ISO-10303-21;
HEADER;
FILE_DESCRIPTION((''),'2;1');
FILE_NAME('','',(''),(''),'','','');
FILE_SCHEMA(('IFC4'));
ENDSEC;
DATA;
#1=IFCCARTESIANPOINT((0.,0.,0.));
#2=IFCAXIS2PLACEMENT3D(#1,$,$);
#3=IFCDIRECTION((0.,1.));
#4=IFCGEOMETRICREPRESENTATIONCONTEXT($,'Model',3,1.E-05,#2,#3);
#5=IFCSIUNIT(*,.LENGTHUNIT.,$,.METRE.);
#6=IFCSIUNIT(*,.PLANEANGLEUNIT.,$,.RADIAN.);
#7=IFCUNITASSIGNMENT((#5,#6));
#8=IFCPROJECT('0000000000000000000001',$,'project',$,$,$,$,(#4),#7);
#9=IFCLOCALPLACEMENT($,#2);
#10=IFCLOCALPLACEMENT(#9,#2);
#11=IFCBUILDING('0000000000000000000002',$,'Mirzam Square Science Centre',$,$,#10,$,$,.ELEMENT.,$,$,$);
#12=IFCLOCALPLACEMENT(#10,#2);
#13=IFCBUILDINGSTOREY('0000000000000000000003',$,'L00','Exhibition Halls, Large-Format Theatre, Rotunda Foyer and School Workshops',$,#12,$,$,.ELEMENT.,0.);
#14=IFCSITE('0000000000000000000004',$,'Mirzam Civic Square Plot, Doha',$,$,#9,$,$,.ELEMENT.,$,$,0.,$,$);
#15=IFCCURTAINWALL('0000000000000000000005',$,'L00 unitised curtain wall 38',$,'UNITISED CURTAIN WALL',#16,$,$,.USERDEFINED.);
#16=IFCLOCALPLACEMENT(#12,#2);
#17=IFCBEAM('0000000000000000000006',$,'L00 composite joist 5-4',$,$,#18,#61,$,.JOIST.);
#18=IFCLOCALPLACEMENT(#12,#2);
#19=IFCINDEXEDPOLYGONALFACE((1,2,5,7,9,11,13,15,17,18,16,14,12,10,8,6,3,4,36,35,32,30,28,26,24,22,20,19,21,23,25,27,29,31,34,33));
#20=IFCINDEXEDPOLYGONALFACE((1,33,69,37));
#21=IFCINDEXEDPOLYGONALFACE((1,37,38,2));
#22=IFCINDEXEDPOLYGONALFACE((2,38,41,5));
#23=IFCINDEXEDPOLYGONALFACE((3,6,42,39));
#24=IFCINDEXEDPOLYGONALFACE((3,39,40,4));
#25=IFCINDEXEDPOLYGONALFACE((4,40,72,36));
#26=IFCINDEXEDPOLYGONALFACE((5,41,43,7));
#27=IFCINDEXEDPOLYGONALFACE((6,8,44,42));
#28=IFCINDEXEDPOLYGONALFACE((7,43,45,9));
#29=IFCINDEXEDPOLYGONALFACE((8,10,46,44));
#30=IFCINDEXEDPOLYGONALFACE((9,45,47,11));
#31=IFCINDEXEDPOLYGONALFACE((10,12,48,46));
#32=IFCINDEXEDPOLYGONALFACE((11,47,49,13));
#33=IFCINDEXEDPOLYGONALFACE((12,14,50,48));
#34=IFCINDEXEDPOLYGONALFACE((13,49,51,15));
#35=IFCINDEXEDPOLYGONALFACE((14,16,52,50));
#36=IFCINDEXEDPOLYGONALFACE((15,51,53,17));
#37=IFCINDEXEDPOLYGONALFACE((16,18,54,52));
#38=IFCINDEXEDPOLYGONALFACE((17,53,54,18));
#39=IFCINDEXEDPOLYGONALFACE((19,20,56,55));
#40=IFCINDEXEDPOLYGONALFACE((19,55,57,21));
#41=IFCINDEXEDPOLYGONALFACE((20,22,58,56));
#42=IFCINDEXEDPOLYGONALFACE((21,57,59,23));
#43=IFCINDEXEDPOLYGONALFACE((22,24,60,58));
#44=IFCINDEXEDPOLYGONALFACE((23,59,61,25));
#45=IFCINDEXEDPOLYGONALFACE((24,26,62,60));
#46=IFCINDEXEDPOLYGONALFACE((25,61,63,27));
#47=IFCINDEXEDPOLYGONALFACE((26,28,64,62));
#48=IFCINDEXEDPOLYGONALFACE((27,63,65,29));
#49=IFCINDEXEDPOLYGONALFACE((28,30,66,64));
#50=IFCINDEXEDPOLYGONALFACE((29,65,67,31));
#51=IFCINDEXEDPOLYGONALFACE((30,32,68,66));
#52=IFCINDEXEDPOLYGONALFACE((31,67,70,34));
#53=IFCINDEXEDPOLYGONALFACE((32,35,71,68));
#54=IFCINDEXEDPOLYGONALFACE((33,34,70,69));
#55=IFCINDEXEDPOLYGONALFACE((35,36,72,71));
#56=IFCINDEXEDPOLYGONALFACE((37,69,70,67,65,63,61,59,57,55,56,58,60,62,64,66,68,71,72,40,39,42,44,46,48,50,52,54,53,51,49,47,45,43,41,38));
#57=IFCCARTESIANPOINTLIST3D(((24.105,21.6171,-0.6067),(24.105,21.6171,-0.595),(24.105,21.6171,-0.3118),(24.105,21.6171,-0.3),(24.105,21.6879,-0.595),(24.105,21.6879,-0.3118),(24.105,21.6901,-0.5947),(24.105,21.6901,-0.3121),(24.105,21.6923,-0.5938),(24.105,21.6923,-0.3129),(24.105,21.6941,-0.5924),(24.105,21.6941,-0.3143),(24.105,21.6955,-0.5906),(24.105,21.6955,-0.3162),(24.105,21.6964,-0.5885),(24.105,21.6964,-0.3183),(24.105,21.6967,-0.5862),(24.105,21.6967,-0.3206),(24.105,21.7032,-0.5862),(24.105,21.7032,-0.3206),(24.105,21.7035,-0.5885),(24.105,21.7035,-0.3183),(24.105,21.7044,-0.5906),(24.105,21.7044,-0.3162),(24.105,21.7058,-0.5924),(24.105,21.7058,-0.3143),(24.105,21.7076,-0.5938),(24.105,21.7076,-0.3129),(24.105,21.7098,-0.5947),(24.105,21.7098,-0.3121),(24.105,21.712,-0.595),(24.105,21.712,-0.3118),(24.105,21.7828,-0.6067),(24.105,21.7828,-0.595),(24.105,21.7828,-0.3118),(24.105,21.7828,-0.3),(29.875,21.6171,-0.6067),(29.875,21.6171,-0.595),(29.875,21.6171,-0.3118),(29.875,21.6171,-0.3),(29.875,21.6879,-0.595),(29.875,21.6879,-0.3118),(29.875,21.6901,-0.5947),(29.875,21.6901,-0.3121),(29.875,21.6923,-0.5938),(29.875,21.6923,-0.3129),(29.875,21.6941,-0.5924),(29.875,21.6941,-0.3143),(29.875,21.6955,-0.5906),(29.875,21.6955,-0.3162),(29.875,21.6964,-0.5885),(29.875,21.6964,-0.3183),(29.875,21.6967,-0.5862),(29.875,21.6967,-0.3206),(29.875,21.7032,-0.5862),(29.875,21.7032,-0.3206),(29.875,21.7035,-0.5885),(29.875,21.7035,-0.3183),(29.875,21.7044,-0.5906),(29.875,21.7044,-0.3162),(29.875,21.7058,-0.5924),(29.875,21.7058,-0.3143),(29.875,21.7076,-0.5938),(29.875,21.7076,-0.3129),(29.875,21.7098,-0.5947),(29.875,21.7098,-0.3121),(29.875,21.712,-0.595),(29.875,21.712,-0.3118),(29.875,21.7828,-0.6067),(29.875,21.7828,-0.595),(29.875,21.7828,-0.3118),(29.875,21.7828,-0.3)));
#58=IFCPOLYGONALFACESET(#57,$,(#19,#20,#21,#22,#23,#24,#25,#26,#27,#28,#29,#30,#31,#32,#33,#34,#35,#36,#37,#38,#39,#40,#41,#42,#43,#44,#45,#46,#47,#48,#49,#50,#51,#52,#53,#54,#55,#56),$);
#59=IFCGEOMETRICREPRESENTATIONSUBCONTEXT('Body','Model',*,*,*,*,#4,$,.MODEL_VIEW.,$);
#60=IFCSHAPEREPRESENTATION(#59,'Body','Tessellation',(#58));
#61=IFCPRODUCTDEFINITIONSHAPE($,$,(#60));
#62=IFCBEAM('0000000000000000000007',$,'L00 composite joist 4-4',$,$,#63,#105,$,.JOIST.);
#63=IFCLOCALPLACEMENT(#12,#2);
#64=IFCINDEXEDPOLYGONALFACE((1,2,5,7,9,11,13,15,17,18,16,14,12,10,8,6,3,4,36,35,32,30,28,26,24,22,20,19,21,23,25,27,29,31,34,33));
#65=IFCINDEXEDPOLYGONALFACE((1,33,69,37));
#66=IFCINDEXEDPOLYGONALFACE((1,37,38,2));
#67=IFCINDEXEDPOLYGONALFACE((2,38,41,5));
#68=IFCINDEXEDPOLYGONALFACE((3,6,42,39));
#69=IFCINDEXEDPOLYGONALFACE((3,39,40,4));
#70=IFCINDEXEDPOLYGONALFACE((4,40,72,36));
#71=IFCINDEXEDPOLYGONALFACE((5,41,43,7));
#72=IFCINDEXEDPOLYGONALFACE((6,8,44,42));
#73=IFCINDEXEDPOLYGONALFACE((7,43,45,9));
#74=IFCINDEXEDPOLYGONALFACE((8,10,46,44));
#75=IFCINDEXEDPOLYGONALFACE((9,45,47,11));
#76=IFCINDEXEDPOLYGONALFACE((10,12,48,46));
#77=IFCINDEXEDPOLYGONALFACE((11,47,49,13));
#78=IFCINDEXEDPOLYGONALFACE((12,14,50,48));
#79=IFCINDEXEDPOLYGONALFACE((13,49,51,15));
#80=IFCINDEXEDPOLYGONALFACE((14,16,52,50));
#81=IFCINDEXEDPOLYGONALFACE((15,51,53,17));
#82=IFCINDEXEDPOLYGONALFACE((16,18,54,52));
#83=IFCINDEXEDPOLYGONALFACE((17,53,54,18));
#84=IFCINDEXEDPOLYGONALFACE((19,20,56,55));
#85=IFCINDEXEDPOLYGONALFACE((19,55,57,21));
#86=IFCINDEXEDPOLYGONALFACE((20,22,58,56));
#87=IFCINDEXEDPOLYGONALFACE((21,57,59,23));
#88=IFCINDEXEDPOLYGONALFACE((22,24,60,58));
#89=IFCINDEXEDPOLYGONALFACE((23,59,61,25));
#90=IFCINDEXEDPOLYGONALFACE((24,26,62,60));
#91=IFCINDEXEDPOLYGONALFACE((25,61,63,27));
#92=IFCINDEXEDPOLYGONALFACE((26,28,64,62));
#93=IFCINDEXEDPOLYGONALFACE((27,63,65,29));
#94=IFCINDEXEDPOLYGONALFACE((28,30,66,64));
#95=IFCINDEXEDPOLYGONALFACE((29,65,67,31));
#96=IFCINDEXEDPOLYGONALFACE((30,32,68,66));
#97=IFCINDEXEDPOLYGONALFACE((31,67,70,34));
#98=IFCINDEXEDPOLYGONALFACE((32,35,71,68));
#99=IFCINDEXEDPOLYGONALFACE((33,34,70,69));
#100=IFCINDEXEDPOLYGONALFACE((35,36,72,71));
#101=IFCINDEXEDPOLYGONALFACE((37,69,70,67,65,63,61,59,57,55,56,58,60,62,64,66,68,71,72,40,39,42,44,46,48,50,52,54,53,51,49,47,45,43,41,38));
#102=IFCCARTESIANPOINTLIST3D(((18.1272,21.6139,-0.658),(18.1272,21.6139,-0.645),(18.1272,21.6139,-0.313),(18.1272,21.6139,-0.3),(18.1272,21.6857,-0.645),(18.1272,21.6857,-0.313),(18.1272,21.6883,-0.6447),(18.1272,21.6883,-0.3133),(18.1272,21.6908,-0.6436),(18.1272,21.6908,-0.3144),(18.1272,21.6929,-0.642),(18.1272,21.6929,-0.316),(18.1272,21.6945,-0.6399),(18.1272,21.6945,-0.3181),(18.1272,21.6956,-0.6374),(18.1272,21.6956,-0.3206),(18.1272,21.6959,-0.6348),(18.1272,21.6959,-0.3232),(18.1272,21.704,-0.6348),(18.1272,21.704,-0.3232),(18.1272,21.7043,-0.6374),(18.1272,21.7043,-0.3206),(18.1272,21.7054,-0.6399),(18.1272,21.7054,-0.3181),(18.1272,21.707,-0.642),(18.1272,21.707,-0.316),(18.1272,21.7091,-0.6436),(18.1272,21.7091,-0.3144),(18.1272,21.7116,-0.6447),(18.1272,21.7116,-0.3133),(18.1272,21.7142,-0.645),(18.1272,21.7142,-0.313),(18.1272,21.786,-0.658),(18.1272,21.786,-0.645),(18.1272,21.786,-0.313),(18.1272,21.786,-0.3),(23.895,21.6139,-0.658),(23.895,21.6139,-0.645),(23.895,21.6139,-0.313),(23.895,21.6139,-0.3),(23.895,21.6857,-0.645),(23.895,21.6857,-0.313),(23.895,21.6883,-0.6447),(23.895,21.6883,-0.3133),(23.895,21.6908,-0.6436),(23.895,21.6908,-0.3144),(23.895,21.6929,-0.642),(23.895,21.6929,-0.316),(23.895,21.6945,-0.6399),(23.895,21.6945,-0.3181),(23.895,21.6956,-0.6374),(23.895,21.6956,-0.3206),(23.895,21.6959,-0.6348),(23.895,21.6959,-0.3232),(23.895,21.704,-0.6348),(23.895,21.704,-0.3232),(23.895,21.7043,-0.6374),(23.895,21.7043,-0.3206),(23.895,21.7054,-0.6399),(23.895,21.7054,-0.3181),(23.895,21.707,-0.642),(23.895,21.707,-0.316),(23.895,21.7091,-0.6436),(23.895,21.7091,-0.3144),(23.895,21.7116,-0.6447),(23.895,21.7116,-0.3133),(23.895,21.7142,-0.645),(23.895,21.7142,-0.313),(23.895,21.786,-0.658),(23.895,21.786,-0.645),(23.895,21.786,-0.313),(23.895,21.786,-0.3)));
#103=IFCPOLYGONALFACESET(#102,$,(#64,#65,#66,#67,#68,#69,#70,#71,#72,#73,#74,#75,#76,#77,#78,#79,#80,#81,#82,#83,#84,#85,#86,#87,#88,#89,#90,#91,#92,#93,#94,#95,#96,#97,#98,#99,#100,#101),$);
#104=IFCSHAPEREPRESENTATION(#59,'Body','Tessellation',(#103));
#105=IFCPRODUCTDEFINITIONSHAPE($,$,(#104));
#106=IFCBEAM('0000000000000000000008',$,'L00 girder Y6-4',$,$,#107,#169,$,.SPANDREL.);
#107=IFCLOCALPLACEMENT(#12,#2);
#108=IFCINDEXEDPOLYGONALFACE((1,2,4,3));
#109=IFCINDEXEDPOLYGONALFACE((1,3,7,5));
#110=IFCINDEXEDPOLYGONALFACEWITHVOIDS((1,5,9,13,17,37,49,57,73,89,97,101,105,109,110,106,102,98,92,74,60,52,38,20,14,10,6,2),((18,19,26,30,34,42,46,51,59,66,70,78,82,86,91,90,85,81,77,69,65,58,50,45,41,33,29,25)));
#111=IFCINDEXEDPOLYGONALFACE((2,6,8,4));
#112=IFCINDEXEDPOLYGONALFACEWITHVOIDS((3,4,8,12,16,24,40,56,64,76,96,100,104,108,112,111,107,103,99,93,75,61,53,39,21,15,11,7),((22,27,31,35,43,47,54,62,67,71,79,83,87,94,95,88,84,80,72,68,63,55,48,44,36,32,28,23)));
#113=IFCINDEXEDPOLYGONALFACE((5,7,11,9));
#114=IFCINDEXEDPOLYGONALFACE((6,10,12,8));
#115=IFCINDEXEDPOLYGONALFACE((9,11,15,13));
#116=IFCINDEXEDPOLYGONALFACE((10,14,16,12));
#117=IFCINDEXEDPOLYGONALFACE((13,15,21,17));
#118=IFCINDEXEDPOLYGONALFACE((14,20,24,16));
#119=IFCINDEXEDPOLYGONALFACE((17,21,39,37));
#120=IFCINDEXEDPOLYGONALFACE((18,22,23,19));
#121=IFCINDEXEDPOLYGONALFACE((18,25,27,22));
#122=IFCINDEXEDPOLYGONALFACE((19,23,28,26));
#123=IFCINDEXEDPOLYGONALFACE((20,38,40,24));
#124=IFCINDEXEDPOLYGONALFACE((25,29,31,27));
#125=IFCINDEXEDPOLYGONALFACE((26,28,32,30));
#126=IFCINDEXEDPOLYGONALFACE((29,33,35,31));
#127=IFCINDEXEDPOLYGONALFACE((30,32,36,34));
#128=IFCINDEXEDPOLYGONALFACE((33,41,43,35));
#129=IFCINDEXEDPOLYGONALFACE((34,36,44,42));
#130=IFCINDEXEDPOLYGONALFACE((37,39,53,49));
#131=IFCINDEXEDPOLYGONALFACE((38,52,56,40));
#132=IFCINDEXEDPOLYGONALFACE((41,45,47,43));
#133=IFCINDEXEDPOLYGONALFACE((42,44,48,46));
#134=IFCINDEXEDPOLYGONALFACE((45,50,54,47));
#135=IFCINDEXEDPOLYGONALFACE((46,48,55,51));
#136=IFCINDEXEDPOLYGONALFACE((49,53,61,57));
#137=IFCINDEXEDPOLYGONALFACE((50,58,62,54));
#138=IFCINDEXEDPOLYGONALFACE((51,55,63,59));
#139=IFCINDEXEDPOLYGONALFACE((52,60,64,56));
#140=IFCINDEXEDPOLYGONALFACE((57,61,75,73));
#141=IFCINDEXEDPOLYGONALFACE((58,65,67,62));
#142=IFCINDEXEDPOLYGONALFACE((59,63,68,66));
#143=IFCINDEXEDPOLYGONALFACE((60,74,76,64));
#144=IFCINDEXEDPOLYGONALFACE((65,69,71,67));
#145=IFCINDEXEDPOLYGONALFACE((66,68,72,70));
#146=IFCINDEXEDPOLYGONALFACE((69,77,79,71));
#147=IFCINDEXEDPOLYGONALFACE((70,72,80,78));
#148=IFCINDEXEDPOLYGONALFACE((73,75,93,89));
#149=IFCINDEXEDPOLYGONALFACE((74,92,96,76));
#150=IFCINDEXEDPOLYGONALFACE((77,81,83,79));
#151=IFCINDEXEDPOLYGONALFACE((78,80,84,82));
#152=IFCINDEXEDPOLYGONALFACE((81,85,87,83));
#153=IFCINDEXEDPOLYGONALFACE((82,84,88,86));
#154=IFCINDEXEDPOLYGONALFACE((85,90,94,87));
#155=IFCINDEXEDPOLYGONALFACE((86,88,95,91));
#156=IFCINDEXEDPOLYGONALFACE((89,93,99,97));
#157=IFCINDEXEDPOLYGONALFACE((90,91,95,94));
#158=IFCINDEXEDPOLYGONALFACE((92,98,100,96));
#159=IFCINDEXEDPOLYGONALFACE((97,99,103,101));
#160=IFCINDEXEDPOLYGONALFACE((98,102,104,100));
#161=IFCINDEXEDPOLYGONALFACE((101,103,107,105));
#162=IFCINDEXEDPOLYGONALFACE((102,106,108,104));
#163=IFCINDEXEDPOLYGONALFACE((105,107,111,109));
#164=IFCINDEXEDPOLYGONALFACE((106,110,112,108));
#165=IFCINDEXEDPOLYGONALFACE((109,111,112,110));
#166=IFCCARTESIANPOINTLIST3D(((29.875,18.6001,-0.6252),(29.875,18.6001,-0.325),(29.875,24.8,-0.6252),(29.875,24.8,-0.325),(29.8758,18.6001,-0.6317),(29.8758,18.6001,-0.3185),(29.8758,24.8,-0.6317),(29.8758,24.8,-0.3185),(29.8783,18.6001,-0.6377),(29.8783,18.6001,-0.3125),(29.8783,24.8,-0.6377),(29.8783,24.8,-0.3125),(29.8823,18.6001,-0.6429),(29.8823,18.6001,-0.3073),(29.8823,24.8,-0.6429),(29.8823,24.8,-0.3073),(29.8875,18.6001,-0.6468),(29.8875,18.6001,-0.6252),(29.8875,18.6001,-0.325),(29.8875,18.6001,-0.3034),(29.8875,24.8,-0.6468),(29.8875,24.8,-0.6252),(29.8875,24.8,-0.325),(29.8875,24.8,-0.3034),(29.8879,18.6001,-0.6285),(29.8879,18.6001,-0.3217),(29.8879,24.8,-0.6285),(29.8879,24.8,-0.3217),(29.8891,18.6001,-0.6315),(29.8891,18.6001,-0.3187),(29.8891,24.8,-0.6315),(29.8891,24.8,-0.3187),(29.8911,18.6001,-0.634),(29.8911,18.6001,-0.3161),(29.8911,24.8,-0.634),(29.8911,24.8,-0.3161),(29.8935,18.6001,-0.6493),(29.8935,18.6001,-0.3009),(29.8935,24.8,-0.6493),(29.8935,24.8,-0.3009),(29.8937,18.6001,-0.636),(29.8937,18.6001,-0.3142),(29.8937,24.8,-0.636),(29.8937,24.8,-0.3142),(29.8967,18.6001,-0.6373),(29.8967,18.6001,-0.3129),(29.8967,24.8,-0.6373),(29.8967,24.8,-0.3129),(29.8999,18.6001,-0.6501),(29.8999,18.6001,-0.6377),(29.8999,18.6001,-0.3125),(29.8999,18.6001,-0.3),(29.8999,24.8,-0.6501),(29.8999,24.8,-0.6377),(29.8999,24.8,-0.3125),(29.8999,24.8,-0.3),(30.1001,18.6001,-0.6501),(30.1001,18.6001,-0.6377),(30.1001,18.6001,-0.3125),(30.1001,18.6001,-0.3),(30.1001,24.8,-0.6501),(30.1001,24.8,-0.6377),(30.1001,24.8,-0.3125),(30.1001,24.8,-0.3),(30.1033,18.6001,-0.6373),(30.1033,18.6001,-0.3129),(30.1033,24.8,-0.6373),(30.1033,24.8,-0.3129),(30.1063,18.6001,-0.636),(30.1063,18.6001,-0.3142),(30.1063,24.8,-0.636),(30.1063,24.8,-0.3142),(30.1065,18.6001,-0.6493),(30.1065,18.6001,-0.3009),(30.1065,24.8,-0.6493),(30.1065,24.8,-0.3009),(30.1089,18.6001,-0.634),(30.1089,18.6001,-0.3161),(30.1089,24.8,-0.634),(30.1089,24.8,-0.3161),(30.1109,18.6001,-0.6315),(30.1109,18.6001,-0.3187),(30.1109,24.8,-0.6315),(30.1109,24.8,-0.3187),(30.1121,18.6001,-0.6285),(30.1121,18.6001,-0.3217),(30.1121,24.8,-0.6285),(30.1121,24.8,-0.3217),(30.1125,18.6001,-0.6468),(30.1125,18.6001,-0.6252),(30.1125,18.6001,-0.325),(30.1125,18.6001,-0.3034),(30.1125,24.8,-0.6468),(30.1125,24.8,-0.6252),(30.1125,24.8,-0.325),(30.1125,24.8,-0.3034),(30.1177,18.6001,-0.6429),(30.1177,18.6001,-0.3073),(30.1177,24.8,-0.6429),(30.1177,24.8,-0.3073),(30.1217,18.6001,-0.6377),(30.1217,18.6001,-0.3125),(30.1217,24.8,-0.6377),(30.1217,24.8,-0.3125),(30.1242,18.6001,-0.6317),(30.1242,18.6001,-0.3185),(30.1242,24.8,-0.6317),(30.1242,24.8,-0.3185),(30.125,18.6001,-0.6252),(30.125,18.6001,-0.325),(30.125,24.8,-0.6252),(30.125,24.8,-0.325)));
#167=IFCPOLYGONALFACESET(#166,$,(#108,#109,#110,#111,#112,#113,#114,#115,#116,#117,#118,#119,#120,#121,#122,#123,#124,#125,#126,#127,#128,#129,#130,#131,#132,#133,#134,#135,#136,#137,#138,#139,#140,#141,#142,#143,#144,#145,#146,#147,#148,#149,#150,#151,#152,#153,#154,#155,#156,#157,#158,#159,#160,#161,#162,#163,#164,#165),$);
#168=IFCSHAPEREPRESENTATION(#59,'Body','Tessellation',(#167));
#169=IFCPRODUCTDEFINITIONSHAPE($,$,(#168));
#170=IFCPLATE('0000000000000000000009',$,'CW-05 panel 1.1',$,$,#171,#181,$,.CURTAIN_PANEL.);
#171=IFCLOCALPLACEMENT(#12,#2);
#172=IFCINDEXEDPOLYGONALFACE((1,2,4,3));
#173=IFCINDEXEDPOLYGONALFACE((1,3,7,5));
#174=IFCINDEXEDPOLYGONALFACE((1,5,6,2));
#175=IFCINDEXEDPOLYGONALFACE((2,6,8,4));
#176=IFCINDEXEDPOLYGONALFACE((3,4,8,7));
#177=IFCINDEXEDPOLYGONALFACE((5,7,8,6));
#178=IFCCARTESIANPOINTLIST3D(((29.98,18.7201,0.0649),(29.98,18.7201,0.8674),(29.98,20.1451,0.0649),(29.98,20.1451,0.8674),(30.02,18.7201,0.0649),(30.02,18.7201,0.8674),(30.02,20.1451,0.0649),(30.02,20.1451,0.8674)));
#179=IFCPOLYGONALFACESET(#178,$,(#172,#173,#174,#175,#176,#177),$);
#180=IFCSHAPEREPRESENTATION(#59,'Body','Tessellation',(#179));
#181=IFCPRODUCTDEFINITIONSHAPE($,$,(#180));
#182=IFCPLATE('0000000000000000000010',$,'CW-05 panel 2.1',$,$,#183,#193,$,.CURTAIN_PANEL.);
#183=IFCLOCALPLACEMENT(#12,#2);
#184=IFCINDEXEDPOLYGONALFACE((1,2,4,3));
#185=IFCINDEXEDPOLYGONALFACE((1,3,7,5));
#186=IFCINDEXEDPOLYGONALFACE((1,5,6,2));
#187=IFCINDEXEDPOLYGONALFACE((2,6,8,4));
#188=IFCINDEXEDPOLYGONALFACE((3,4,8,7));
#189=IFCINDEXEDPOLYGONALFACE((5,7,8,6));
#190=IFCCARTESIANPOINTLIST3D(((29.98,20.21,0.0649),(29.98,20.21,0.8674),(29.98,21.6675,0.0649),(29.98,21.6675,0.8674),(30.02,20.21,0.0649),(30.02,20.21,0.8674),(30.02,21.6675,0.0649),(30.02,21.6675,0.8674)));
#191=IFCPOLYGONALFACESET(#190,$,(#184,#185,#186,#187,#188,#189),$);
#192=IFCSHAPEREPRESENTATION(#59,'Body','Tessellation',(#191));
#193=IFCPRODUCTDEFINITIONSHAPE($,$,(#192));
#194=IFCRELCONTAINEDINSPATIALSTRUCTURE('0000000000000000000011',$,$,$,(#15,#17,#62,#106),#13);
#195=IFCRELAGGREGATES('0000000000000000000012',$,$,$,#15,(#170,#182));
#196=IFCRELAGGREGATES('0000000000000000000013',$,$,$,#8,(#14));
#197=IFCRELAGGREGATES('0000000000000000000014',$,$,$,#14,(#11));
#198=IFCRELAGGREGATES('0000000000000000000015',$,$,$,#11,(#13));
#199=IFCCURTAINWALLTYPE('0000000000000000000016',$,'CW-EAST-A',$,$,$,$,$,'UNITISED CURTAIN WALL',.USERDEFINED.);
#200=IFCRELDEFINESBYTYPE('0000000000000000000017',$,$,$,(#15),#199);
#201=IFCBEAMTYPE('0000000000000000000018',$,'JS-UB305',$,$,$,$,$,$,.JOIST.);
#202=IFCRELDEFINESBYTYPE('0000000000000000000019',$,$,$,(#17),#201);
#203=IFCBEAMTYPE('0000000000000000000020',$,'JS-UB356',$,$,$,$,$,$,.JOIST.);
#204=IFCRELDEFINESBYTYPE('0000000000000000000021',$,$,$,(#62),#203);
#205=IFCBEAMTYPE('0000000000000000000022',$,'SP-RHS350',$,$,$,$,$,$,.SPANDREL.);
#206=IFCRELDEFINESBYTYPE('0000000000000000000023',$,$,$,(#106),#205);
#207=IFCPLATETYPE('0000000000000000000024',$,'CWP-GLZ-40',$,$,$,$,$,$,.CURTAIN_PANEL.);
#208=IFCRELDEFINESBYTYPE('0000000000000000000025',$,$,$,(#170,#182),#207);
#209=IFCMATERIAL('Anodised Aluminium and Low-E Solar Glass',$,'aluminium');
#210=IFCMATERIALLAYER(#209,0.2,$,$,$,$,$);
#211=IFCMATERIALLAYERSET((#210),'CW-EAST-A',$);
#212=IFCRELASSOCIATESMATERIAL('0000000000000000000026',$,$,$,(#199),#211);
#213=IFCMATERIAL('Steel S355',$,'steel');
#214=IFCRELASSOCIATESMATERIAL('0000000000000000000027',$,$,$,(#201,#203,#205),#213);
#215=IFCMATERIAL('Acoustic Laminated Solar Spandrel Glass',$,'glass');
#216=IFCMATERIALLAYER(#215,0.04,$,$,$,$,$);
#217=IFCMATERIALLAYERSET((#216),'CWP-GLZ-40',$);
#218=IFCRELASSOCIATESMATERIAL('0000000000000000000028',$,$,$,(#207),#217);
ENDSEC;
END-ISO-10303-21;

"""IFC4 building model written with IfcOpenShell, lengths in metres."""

from ifc_helpers import new_model, si_unit, direction, frame, origin, origin_2d, place, context, subcontext, project, spatial, rectangle, hollow_rectangle, i_section, extrude, material, layer, layer_set, material_profile, profile_set, type_object, element, aggregate, save


model = new_model("IFC4")

# Units and contexts
model_context = context("Model", 3, precision=1e-05, world=origin(), true_north=direction((0.0, 1.0)))
body_context = subcontext(model_context, "Body", "Model", "MODEL_VIEW")
ifc_project = project(units=[si_unit("LENGTHUNIT", "METRE"), si_unit("PLANEANGLEUNIT", "RADIAN")], contexts=[model_context])

# Site, building, storey
site_placement = place(None, origin())
site = spatial("IfcSite", under=ifc_project, at=site_placement, Name="Mirzam Civic Square Plot, Doha", CompositionType="ELEMENT", RefElevation=0.0)
building_placement = place(site_placement, origin())
building = spatial("IfcBuilding", under=site, at=building_placement, Name="Mirzam Square Science Centre", CompositionType="ELEMENT")
storey_placement = place(building_placement, origin())
storey = spatial("IfcBuildingStorey", under=building, at=storey_placement, Name="L00", Description="Exhibition Halls, Large-Format Theatre, Rotunda Foyer and School Workshops", CompositionType="ELEMENT", Elevation=0.0)

# Shared definitions
ifc_material_1 = material(Name="Steel S355", Category="steel")

# Curtain wall
ifc_material_2 = material(Name="Anodised Aluminium and Low-E Solar Glass", Category="aluminium")
ifc_layer_1 = layer(ifc_material_2, 0.2)
ifc_layer_set_1 = layer_set([ifc_layer_1], Name="CW-EAST-A")
curtain_wall_type = type_object("IfcCurtainWallType", Name="CW-EAST-A", ElementType="UNITISED CURTAIN WALL", PredefinedType="USERDEFINED", material=ifc_layer_set_1)
curtain_wall_placement = place(storey_placement, origin())
curtain_wall = element("IfcCurtainWall", 1, at=curtain_wall_placement, inside=storey, type_object=curtain_wall_type, Name="L00 unitised curtain wall 38", ObjectType="UNITISED CURTAIN WALL", PredefinedType="USERDEFINED")

# Beams
ifc_material_profile_1 = material_profile(ifc_material_1, i_section(OverallWidth=0.1658, OverallDepth=0.3066, WebThickness=0.0066, FlangeThickness=0.0117, FilletRadius=0.0088, at=origin_2d()), Name="305x165x46UB")
ifc_profile_set_1 = profile_set([ifc_material_profile_1], Name="Steel S355")
beam_type_1 = type_object("IfcBeamType", Name="JS-UB305", PredefinedType="JOIST", material=ifc_profile_set_1)
beam_1_placement = place(storey_placement, frame((24.105, 21.7, -0.4534), z_axis=(1.0, 0.0, 0.0), x_axis=(0.0, 1.0, 0.0)))
element("IfcBeam", 2, at=beam_1_placement, inside=storey, type_object=beam_type_1, Name="L00 composite joist 5-4", PredefinedType="JOIST", context=body_context, shape_type="SweptSolid", body=[
    extrude(i_section(OverallWidth=0.1658, OverallDepth=0.3066, WebThickness=0.0066, FlangeThickness=0.0117, FilletRadius=0.0088, at=origin_2d()), origin(), (0.0, 0.0, 1.0), 5.77),
])
ifc_material_profile_2 = material_profile(ifc_material_1, i_section(OverallWidth=0.1721, OverallDepth=0.3579, WebThickness=0.0081, FlangeThickness=0.0129, FilletRadius=0.0103, at=origin_2d()), Name="356x171x57UB")
ifc_profile_set_2 = profile_set([ifc_material_profile_2], Name="Steel S355")
beam_type_2 = type_object("IfcBeamType", Name="JS-UB356", PredefinedType="JOIST", material=ifc_profile_set_2)
beam_2_placement = place(storey_placement, frame((18.1272, 21.7, -0.479), z_axis=(1.0, 0.0, 0.0), x_axis=(0.0, 1.0, 0.0)))
element("IfcBeam", 3, at=beam_2_placement, inside=storey, type_object=beam_type_2, Name="L00 composite joist 4-4", PredefinedType="JOIST", context=body_context, shape_type="SweptSolid", body=[
    extrude(i_section(OverallWidth=0.1721, OverallDepth=0.3579, WebThickness=0.0081, FlangeThickness=0.0129, FilletRadius=0.0103, at=origin_2d()), origin(), (0.0, 0.0, 1.0), 5.7678),
])
ifc_material_profile_3 = material_profile(ifc_material_1, hollow_rectangle(XDim=0.25, YDim=0.3501, WallThickness=0.0125, InnerFilletRadius=0.0125, OuterFilletRadius=0.0249, at=origin_2d()), Name="350x250x12.5RHS")
ifc_profile_set_3 = profile_set([ifc_material_profile_3], Name="Steel S355")
beam_type_3 = type_object("IfcBeamType", Name="SP-RHS350", PredefinedType="SPANDREL", material=ifc_profile_set_3)
beam_3_placement = place(storey_placement, frame((30.0, 18.6001, -0.4751), z_axis=(0.0, 1.0, 0.0), x_axis=(-1.0, 0.0, 0.0)))
element("IfcBeam", 4, at=beam_3_placement, inside=storey, type_object=beam_type_3, Name="L00 girder Y6-4", PredefinedType="SPANDREL", context=body_context, shape_type="SweptSolid", body=[
    extrude(hollow_rectangle(XDim=0.25, YDim=0.3501, WallThickness=0.0125, InnerFilletRadius=0.0125, OuterFilletRadius=0.0249, at=origin_2d()), origin(), (0.0, 0.0, 1.0), 6.2),
])

# Plates
ifc_material_3 = material(Name="Acoustic Laminated Solar Spandrel Glass", Category="glass")
ifc_layer_2 = layer(ifc_material_3, 0.04)
ifc_layer_set_2 = layer_set([ifc_layer_2], Name="CWP-GLZ-40")
plate_type = type_object("IfcPlateType", Name="CWP-GLZ-40", PredefinedType="CURTAIN_PANEL", material=ifc_layer_set_2)
plate_1_placement = place(storey_placement, frame((30.0, 19.4326, 0.0649), z_axis=(0.0, 0.0, 1.0), x_axis=(0.0, 1.0, 0.0)))
plate_1 = element("IfcPlate", 5, at=plate_1_placement, type_object=plate_type, Name="CW-05 panel 1.1", PredefinedType="CURTAIN_PANEL", context=body_context, shape_type="SweptSolid", body=[
    extrude(rectangle(XDim=1.425, YDim=0.04, at=origin_2d()), origin(), (0.0, 0.0, 1.0), 0.8025),
])
plate_2_placement = place(storey_placement, frame((30.0, 20.9387, 0.0649), z_axis=(0.0, 0.0, 1.0), x_axis=(0.0, 1.0, 0.0)))
plate_2 = element("IfcPlate", 6, at=plate_2_placement, type_object=plate_type, Name="CW-05 panel 2.1", PredefinedType="CURTAIN_PANEL", context=body_context, shape_type="SweptSolid", body=[
    extrude(rectangle(XDim=1.4575, YDim=0.04, at=origin_2d()), origin(), (0.0, 0.0, 1.0), 0.8025),
])
aggregate(curtain_wall, [plate_1, plate_2])

save(model, "model.ifc")
